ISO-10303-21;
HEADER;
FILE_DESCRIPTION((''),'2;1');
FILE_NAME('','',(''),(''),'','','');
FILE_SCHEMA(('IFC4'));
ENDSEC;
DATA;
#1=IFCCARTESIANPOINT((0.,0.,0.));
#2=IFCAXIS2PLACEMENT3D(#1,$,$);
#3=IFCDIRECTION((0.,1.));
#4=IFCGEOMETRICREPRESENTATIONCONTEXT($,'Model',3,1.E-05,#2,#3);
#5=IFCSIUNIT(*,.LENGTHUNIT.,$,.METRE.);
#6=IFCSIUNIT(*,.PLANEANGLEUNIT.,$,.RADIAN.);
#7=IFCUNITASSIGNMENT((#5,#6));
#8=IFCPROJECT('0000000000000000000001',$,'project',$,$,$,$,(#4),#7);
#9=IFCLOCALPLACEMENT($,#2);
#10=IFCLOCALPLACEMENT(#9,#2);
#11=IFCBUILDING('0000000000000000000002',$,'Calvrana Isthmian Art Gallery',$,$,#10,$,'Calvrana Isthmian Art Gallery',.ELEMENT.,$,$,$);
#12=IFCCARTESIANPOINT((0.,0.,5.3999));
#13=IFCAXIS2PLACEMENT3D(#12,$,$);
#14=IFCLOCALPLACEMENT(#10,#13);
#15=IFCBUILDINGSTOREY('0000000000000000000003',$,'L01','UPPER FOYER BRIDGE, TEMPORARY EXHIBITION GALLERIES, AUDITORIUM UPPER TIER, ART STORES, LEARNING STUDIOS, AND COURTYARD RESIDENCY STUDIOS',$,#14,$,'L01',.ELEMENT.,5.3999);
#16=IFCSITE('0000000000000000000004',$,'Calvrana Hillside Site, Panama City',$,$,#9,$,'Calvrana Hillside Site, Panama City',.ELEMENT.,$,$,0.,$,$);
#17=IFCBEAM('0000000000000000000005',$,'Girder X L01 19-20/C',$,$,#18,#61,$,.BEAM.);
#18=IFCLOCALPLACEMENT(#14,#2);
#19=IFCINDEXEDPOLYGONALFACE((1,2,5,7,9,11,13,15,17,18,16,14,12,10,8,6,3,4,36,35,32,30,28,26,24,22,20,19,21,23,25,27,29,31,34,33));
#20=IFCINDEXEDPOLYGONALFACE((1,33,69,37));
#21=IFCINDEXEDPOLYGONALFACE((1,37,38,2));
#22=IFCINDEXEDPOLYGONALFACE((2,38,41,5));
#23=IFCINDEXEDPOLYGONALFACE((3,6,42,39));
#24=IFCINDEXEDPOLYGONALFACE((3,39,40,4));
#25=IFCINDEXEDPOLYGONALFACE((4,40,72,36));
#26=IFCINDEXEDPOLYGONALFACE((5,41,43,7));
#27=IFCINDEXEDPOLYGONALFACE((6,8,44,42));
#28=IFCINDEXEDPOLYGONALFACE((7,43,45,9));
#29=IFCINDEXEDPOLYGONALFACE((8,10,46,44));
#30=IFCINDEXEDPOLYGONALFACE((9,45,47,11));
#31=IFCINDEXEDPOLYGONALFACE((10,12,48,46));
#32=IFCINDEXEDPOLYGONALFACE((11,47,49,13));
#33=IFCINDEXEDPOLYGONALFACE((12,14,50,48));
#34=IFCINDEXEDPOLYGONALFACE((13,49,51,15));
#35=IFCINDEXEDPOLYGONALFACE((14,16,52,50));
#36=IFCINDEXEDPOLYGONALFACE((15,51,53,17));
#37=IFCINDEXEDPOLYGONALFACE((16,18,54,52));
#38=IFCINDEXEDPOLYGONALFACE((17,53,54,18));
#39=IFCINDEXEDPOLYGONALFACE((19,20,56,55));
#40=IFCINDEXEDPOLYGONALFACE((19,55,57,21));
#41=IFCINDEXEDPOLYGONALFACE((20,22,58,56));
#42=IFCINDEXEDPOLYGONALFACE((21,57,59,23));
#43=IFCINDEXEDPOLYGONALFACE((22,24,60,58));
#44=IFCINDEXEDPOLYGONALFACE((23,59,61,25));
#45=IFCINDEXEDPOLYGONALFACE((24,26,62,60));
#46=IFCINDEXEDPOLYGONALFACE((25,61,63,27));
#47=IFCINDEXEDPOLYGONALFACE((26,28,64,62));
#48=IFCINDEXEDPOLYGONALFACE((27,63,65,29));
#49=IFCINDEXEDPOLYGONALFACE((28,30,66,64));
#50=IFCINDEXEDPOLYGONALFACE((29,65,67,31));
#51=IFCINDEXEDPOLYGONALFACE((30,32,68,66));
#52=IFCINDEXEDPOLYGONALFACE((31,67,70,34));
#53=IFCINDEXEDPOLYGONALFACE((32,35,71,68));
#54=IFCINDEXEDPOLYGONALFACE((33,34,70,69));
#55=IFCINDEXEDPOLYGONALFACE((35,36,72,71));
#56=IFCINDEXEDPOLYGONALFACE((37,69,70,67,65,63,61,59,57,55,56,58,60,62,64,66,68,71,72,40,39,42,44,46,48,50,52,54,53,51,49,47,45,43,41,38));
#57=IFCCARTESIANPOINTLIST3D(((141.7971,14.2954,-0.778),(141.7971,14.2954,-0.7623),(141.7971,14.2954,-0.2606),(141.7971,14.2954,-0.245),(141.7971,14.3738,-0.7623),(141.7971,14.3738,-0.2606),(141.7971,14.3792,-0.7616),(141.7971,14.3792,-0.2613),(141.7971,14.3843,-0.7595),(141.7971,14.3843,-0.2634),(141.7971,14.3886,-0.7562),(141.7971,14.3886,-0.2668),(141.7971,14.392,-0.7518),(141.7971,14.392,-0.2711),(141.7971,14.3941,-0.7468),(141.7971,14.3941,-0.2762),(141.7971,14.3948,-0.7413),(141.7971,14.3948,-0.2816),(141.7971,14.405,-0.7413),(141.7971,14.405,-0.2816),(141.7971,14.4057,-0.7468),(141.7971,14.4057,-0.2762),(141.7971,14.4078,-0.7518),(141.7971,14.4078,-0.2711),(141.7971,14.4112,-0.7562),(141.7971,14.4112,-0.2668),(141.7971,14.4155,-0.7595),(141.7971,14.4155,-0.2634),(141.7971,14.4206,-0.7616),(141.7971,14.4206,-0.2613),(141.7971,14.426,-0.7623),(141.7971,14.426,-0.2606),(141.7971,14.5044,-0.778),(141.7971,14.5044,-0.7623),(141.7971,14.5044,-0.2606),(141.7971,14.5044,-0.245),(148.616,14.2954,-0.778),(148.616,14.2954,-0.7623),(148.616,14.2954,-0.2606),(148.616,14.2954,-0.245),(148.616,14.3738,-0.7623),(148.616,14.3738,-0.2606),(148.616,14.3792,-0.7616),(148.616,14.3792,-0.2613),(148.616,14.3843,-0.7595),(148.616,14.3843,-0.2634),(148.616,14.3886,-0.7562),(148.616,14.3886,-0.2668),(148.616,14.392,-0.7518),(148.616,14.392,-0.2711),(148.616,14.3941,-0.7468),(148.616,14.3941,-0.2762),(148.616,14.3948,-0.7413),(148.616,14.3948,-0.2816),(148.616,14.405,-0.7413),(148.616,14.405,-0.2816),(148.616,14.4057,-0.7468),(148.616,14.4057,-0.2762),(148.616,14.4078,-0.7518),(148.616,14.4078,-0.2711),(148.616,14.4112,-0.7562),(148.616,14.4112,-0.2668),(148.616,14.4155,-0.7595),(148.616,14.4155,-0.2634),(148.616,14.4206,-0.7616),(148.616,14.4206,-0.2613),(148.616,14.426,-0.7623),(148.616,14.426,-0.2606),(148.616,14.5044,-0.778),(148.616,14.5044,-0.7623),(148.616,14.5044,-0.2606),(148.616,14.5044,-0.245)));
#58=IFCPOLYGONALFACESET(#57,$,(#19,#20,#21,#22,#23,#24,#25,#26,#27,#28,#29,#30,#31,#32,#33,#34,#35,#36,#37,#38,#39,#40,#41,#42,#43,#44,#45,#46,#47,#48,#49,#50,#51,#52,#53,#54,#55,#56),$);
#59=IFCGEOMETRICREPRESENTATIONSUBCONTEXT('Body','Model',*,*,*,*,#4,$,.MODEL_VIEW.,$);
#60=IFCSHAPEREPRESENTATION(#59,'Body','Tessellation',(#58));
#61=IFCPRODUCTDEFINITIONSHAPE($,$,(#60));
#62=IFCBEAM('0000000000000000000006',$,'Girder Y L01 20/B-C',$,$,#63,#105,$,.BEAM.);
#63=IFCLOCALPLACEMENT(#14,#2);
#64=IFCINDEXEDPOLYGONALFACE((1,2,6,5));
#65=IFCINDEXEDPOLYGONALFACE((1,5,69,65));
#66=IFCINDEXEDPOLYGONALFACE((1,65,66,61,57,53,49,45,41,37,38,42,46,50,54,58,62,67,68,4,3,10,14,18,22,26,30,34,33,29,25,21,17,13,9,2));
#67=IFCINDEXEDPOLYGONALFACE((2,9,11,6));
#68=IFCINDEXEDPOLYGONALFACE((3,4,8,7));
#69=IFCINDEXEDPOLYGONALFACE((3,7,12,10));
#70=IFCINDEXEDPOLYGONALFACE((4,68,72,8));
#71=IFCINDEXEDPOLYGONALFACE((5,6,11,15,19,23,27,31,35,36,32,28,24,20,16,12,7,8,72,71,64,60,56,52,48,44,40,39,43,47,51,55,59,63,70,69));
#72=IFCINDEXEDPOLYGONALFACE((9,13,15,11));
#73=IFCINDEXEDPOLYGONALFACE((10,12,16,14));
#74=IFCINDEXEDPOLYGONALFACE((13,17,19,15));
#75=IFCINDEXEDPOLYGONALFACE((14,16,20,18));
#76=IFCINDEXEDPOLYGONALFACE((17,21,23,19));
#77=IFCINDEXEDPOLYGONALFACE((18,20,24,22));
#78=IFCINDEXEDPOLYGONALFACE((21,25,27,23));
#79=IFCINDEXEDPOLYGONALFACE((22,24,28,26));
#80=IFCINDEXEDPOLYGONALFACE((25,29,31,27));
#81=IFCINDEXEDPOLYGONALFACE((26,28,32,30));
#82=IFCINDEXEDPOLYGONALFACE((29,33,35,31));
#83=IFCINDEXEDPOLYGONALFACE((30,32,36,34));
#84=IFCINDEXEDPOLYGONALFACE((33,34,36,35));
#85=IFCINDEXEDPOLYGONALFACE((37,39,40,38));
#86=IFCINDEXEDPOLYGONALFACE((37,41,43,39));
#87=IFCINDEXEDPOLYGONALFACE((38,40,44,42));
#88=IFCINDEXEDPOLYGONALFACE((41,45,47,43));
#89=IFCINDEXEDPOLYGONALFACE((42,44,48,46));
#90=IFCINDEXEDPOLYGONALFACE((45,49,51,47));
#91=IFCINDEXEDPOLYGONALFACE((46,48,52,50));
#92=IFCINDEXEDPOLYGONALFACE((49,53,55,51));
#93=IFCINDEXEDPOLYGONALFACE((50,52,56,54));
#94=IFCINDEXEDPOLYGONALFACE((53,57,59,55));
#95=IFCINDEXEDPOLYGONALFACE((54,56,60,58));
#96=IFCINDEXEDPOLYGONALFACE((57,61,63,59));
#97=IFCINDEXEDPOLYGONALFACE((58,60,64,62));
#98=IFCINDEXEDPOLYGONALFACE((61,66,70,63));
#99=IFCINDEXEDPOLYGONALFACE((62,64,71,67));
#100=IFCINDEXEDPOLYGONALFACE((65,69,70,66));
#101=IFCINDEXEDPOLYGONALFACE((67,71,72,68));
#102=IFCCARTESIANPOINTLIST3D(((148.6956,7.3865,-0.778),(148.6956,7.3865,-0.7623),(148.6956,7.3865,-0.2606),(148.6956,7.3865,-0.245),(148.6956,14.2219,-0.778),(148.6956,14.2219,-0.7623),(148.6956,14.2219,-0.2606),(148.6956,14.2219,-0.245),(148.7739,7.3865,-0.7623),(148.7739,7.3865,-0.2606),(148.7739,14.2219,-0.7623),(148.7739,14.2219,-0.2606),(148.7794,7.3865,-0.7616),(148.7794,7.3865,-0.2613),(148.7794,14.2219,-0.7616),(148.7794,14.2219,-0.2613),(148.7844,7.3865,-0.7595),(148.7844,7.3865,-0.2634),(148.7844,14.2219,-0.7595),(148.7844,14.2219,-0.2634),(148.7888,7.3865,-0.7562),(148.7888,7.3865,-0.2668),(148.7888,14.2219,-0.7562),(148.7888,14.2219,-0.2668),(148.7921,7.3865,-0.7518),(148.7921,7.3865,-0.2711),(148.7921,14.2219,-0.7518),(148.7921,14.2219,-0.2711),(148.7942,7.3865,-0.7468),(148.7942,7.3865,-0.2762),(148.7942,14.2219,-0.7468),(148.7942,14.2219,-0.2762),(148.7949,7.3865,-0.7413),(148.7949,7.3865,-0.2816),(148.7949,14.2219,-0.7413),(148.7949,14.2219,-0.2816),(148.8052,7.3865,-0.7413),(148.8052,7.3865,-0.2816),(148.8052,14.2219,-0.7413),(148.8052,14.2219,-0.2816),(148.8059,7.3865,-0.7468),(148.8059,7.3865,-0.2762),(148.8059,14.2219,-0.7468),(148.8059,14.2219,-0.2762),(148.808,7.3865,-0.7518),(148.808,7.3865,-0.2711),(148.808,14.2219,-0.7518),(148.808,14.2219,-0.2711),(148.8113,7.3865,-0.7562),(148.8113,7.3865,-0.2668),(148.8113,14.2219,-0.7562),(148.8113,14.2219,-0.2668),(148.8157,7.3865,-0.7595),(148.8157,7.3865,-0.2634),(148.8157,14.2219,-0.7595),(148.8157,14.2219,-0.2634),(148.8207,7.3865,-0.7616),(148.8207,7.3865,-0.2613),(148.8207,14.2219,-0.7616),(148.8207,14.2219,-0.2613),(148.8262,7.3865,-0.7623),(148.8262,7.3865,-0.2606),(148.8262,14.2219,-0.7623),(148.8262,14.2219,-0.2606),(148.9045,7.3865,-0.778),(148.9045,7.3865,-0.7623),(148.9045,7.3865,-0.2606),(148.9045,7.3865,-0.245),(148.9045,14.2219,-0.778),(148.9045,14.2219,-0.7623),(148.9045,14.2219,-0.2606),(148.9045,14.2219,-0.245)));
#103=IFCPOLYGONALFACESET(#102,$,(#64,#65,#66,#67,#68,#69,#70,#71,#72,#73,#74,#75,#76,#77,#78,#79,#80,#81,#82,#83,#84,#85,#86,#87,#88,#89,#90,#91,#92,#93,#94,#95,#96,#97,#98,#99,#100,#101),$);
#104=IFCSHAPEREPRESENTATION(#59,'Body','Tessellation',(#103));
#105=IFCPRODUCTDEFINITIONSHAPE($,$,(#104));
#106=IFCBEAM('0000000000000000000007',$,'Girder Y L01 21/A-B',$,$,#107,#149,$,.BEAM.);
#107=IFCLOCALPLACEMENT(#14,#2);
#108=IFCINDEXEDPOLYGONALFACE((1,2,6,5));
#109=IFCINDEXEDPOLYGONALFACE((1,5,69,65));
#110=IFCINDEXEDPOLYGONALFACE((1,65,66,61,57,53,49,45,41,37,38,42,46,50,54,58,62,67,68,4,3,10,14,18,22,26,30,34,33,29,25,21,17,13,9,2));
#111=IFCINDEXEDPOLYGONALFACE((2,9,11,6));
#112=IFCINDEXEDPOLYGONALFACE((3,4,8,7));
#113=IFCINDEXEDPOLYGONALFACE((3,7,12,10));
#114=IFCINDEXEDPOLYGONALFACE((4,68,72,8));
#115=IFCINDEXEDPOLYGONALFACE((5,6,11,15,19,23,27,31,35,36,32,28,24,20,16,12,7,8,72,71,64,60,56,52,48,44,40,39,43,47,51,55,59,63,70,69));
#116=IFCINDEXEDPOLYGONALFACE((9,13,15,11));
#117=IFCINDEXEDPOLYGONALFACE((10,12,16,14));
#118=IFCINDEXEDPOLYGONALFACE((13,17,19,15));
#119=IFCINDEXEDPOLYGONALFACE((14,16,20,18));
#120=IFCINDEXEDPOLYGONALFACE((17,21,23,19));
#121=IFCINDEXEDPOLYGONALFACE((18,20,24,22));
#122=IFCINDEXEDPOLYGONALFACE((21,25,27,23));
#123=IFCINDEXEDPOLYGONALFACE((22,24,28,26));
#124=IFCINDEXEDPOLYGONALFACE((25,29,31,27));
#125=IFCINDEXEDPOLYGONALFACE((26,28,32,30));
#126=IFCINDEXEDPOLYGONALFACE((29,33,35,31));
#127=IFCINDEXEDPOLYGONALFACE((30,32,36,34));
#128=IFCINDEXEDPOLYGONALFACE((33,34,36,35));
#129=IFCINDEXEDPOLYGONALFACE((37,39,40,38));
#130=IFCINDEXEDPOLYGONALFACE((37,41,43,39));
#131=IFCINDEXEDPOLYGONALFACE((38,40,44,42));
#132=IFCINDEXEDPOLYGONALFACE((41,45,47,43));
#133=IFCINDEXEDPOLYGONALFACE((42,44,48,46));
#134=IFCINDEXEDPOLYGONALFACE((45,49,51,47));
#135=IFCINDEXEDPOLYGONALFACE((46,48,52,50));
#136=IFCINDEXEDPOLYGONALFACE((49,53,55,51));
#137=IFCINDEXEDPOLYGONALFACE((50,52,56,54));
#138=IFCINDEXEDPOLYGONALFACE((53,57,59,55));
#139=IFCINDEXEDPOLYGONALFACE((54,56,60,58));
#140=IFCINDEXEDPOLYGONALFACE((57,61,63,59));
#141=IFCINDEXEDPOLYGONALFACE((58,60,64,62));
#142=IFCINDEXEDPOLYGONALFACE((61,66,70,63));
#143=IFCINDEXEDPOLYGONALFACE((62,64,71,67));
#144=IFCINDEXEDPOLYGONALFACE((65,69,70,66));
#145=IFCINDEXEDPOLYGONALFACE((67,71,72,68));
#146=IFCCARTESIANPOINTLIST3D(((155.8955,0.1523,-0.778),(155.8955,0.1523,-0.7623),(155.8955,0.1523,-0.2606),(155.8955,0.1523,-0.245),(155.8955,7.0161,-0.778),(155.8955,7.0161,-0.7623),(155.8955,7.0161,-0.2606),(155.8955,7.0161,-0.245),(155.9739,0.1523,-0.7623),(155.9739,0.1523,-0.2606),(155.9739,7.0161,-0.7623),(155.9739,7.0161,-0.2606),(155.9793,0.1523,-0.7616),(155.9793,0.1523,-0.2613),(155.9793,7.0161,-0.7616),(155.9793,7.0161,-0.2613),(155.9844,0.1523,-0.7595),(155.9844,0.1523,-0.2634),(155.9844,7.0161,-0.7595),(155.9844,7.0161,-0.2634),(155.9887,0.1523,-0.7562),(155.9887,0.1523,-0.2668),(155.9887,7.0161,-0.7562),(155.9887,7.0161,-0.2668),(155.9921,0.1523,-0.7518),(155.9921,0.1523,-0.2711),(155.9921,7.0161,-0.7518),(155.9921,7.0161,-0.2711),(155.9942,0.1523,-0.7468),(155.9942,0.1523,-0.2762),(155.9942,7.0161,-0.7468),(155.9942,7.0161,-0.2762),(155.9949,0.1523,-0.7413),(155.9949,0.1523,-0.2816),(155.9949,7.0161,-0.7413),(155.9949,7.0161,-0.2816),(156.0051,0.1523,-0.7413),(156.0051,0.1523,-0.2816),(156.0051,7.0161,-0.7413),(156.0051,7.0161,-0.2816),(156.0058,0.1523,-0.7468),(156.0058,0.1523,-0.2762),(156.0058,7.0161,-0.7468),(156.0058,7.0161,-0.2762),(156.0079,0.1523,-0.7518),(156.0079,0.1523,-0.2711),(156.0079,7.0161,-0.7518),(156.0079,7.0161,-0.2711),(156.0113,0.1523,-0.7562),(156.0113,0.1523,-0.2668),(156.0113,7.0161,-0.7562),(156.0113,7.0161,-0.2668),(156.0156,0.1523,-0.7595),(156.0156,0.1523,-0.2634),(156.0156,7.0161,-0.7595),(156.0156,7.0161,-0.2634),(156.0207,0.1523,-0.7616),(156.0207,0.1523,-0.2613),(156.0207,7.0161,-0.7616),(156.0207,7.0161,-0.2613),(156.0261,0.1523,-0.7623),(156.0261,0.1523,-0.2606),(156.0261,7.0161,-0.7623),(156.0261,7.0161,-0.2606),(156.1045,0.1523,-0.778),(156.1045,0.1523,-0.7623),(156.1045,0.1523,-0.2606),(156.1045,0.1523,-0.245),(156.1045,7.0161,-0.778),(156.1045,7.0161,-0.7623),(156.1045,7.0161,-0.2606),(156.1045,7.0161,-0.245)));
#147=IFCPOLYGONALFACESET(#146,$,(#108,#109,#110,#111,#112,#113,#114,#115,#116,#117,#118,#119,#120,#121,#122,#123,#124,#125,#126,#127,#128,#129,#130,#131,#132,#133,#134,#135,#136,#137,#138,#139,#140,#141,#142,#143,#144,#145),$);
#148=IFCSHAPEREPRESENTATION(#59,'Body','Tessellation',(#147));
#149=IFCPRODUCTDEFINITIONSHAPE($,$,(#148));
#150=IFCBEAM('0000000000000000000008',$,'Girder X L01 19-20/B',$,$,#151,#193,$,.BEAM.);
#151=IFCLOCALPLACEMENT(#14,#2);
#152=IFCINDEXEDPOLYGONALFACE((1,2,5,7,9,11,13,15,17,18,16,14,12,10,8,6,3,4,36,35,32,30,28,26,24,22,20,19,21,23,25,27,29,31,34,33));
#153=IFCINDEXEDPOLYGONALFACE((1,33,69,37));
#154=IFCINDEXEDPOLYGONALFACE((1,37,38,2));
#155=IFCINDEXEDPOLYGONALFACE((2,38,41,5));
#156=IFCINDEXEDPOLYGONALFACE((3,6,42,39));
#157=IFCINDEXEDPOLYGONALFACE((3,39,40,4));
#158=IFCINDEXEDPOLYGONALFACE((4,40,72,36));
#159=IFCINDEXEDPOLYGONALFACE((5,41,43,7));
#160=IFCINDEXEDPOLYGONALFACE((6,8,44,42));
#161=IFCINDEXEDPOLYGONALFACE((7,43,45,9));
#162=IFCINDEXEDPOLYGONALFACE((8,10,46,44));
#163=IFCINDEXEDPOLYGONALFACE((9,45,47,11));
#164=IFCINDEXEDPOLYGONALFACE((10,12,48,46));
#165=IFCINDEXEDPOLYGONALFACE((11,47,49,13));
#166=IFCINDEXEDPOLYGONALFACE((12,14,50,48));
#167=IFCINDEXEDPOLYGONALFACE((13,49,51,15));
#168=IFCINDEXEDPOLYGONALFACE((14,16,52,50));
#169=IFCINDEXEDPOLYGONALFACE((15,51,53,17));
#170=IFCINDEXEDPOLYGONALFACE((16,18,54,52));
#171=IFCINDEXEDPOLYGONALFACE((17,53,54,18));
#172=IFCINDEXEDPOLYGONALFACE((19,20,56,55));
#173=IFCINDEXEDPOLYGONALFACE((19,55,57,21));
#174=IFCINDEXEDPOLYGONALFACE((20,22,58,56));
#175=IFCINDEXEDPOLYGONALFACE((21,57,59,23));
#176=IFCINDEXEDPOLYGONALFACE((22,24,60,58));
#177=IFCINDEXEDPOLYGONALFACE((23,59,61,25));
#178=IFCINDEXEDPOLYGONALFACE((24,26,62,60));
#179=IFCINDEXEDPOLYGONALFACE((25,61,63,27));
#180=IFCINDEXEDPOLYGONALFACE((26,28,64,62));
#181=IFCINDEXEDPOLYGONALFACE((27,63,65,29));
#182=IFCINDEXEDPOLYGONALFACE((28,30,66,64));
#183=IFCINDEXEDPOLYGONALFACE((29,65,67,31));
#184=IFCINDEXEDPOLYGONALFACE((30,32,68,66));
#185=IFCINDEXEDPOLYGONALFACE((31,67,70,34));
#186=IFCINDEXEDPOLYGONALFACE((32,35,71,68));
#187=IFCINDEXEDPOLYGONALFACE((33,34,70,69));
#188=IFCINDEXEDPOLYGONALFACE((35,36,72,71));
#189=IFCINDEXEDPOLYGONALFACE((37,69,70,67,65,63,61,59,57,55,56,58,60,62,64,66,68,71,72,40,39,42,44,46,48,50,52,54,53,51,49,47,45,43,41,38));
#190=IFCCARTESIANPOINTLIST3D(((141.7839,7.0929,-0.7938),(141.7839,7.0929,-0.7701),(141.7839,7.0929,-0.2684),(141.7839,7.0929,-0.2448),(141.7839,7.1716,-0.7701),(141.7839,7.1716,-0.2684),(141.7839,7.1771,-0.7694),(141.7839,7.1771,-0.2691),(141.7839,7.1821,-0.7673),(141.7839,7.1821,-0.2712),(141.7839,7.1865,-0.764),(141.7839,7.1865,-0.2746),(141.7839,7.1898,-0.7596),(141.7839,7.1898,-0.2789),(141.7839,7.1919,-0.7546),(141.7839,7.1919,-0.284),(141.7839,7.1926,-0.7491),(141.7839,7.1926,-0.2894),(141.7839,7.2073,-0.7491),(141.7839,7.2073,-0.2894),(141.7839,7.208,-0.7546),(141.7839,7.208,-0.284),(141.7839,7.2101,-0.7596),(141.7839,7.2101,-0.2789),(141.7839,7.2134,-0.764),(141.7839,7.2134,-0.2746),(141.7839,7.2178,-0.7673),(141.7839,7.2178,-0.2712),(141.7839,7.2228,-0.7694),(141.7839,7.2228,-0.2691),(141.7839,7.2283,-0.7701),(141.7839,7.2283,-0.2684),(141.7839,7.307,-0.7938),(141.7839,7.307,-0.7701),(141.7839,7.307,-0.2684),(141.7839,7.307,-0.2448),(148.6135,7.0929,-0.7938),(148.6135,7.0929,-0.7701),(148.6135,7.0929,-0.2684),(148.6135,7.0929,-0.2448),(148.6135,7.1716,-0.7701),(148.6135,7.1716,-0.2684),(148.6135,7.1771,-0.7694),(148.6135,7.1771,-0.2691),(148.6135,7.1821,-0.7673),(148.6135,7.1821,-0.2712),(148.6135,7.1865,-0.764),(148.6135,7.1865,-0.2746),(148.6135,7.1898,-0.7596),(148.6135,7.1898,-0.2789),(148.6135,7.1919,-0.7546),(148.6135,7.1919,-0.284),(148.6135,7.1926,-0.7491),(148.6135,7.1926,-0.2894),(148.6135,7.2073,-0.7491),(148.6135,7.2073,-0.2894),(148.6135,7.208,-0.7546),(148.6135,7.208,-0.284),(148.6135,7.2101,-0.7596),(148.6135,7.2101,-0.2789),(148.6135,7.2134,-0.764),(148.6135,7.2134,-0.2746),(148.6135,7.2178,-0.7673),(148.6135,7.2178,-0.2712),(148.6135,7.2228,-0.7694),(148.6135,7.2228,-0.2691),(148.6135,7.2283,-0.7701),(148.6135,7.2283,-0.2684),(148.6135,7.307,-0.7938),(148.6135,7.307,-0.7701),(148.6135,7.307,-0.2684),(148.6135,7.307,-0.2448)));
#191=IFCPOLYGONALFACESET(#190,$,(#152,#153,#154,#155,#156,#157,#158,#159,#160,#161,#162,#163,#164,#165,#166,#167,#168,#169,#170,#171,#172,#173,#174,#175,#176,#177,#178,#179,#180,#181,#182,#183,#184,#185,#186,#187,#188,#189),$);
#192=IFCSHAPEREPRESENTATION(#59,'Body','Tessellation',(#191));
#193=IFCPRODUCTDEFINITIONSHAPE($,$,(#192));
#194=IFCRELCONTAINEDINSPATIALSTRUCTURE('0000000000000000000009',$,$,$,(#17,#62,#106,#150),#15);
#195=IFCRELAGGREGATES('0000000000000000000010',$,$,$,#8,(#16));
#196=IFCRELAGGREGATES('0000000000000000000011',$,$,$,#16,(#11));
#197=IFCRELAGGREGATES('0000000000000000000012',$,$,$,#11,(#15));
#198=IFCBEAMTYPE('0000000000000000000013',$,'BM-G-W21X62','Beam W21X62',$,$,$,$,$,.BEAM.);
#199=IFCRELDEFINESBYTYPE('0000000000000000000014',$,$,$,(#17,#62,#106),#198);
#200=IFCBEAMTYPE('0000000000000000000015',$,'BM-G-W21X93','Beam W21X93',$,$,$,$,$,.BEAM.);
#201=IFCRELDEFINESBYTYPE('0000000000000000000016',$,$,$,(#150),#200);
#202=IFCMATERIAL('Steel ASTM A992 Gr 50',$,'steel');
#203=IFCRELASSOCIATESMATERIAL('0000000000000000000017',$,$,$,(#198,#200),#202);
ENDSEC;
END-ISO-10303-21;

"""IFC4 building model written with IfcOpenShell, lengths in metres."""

from ifc_helpers import new_model, si_unit, direction, frame, origin, origin_2d, place, context, subcontext, project, spatial, i_section, extrude, material, material_profile, profile_set, type_object, element, save


model = new_model("IFC4")

# Units and contexts
model_context = context("Model", 3, precision=1e-05, world=origin(), true_north=direction((0.0, 1.0)))
body_context = subcontext(model_context, "Body", "Model", "MODEL_VIEW")
ifc_project = project(units=[si_unit("LENGTHUNIT", "METRE"), si_unit("PLANEANGLEUNIT", "RADIAN")], contexts=[model_context])

# Site, building, storey
site_placement = place(None, origin())
site = spatial("IfcSite", under=ifc_project, at=site_placement, Name="Calvrana Hillside Site, Panama City", LongName="Calvrana Hillside Site, Panama City", CompositionType="ELEMENT", RefElevation=0.0)
building_placement = place(site_placement, origin())
building = spatial("IfcBuilding", under=site, at=building_placement, Name="Calvrana Isthmian Art Gallery", LongName="Calvrana Isthmian Art Gallery", CompositionType="ELEMENT")
storey_placement = place(building_placement, frame((0.0, 0.0, 5.3999)))
storey = spatial("IfcBuildingStorey", under=building, at=storey_placement, Name="L01", Description="UPPER FOYER BRIDGE, TEMPORARY EXHIBITION GALLERIES, AUDITORIUM UPPER TIER, ART STORES, LEARNING STUDIOS, AND COURTYARD RESIDENCY STUDIOS", LongName="L01", CompositionType="ELEMENT", Elevation=5.3999)

# Shared definitions
ifc_material_1 = material(Name="Steel ASTM A992 Gr 50", Category="steel")

# Beams
ifc_material_profile_1 = material_profile(ifc_material_1, i_section(OverallWidth=0.209, OverallDepth=0.533, WebThickness=0.0103, FlangeThickness=0.0156, FilletRadius=0.021, at=origin_2d()), Name="W21X62")
ifc_profile_set_1 = profile_set([ifc_material_profile_1], Name="Steel ASTM A992 Gr 50")
beam_type_1 = type_object("IfcBeamType", Name="BM-G-W21X62", Description="Beam W21X62", PredefinedType="BEAM", material=ifc_profile_set_1)
beam_1_placement = place(storey_placement, frame((141.7971, 14.3999, -0.5115), z_axis=(1.0, 0.0, 0.0), x_axis=(0.0, 1.0, 0.0)))
element("IfcBeam", 1, at=beam_1_placement, inside=storey, type_object=beam_type_1, Name="Girder X L01 19-20/C", PredefinedType="BEAM", context=body_context, shape_type="SweptSolid", body=[
    extrude(i_section(OverallWidth=0.209, OverallDepth=0.533, WebThickness=0.0103, FlangeThickness=0.0156, FilletRadius=0.021, at=origin_2d()), origin(), (0.0, 0.0, 1.0), 6.8188),
])
beam_2_placement = place(storey_placement, frame((148.8, 7.3865, -0.5115), z_axis=(0.0, 1.0, 0.0), x_axis=(-1.0, 0.0, 0.0)))
element("IfcBeam", 2, at=beam_2_placement, inside=storey, type_object=beam_type_1, Name="Girder Y L01 20/B-C", PredefinedType="BEAM", context=body_context, shape_type="SweptSolid", body=[
    extrude(i_section(OverallWidth=0.209, OverallDepth=0.533, WebThickness=0.0103, FlangeThickness=0.0156, FilletRadius=0.021, at=origin_2d()), origin(), (0.0, 0.0, 1.0), 6.8354),
])
beam_3_placement = place(storey_placement, frame((156.0, 0.1523, -0.5115), z_axis=(0.0, 1.0, 0.0), x_axis=(-1.0, 0.0, 0.0)))
element("IfcBeam", 3, at=beam_3_placement, inside=storey, type_object=beam_type_1, Name="Girder Y L01 21/A-B", PredefinedType="BEAM", context=body_context, shape_type="SweptSolid", body=[
    extrude(i_section(OverallWidth=0.209, OverallDepth=0.533, WebThickness=0.0103, FlangeThickness=0.0156, FilletRadius=0.021, at=origin_2d()), origin(), (0.0, 0.0, 1.0), 6.8638),
])
ifc_material_profile_2 = material_profile(ifc_material_1, i_section(OverallWidth=0.2141, OverallDepth=0.5491, WebThickness=0.0146, FlangeThickness=0.0237, FilletRadius=0.021, at=origin_2d()), Name="W21X93")
ifc_profile_set_2 = profile_set([ifc_material_profile_2], Name="Steel ASTM A992 Gr 50")
beam_type_2 = type_object("IfcBeamType", Name="BM-G-W21X93", Description="Beam W21X93", PredefinedType="BEAM", material=ifc_profile_set_2)
beam_4_placement = place(storey_placement, frame((141.7839, 7.2, -0.5193), z_axis=(1.0, 0.0, 0.0), x_axis=(0.0, 1.0, 0.0)))
element("IfcBeam", 4, at=beam_4_placement, inside=storey, type_object=beam_type_2, Name="Girder X L01 19-20/B", PredefinedType="BEAM", context=body_context, shape_type="SweptSolid", body=[
    extrude(i_section(OverallWidth=0.2141, OverallDepth=0.5491, WebThickness=0.0146, FlangeThickness=0.0237, FilletRadius=0.021, at=origin_2d()), origin(), (0.0, 0.0, 1.0), 6.8296),
])

save(model, "model.ifc")
